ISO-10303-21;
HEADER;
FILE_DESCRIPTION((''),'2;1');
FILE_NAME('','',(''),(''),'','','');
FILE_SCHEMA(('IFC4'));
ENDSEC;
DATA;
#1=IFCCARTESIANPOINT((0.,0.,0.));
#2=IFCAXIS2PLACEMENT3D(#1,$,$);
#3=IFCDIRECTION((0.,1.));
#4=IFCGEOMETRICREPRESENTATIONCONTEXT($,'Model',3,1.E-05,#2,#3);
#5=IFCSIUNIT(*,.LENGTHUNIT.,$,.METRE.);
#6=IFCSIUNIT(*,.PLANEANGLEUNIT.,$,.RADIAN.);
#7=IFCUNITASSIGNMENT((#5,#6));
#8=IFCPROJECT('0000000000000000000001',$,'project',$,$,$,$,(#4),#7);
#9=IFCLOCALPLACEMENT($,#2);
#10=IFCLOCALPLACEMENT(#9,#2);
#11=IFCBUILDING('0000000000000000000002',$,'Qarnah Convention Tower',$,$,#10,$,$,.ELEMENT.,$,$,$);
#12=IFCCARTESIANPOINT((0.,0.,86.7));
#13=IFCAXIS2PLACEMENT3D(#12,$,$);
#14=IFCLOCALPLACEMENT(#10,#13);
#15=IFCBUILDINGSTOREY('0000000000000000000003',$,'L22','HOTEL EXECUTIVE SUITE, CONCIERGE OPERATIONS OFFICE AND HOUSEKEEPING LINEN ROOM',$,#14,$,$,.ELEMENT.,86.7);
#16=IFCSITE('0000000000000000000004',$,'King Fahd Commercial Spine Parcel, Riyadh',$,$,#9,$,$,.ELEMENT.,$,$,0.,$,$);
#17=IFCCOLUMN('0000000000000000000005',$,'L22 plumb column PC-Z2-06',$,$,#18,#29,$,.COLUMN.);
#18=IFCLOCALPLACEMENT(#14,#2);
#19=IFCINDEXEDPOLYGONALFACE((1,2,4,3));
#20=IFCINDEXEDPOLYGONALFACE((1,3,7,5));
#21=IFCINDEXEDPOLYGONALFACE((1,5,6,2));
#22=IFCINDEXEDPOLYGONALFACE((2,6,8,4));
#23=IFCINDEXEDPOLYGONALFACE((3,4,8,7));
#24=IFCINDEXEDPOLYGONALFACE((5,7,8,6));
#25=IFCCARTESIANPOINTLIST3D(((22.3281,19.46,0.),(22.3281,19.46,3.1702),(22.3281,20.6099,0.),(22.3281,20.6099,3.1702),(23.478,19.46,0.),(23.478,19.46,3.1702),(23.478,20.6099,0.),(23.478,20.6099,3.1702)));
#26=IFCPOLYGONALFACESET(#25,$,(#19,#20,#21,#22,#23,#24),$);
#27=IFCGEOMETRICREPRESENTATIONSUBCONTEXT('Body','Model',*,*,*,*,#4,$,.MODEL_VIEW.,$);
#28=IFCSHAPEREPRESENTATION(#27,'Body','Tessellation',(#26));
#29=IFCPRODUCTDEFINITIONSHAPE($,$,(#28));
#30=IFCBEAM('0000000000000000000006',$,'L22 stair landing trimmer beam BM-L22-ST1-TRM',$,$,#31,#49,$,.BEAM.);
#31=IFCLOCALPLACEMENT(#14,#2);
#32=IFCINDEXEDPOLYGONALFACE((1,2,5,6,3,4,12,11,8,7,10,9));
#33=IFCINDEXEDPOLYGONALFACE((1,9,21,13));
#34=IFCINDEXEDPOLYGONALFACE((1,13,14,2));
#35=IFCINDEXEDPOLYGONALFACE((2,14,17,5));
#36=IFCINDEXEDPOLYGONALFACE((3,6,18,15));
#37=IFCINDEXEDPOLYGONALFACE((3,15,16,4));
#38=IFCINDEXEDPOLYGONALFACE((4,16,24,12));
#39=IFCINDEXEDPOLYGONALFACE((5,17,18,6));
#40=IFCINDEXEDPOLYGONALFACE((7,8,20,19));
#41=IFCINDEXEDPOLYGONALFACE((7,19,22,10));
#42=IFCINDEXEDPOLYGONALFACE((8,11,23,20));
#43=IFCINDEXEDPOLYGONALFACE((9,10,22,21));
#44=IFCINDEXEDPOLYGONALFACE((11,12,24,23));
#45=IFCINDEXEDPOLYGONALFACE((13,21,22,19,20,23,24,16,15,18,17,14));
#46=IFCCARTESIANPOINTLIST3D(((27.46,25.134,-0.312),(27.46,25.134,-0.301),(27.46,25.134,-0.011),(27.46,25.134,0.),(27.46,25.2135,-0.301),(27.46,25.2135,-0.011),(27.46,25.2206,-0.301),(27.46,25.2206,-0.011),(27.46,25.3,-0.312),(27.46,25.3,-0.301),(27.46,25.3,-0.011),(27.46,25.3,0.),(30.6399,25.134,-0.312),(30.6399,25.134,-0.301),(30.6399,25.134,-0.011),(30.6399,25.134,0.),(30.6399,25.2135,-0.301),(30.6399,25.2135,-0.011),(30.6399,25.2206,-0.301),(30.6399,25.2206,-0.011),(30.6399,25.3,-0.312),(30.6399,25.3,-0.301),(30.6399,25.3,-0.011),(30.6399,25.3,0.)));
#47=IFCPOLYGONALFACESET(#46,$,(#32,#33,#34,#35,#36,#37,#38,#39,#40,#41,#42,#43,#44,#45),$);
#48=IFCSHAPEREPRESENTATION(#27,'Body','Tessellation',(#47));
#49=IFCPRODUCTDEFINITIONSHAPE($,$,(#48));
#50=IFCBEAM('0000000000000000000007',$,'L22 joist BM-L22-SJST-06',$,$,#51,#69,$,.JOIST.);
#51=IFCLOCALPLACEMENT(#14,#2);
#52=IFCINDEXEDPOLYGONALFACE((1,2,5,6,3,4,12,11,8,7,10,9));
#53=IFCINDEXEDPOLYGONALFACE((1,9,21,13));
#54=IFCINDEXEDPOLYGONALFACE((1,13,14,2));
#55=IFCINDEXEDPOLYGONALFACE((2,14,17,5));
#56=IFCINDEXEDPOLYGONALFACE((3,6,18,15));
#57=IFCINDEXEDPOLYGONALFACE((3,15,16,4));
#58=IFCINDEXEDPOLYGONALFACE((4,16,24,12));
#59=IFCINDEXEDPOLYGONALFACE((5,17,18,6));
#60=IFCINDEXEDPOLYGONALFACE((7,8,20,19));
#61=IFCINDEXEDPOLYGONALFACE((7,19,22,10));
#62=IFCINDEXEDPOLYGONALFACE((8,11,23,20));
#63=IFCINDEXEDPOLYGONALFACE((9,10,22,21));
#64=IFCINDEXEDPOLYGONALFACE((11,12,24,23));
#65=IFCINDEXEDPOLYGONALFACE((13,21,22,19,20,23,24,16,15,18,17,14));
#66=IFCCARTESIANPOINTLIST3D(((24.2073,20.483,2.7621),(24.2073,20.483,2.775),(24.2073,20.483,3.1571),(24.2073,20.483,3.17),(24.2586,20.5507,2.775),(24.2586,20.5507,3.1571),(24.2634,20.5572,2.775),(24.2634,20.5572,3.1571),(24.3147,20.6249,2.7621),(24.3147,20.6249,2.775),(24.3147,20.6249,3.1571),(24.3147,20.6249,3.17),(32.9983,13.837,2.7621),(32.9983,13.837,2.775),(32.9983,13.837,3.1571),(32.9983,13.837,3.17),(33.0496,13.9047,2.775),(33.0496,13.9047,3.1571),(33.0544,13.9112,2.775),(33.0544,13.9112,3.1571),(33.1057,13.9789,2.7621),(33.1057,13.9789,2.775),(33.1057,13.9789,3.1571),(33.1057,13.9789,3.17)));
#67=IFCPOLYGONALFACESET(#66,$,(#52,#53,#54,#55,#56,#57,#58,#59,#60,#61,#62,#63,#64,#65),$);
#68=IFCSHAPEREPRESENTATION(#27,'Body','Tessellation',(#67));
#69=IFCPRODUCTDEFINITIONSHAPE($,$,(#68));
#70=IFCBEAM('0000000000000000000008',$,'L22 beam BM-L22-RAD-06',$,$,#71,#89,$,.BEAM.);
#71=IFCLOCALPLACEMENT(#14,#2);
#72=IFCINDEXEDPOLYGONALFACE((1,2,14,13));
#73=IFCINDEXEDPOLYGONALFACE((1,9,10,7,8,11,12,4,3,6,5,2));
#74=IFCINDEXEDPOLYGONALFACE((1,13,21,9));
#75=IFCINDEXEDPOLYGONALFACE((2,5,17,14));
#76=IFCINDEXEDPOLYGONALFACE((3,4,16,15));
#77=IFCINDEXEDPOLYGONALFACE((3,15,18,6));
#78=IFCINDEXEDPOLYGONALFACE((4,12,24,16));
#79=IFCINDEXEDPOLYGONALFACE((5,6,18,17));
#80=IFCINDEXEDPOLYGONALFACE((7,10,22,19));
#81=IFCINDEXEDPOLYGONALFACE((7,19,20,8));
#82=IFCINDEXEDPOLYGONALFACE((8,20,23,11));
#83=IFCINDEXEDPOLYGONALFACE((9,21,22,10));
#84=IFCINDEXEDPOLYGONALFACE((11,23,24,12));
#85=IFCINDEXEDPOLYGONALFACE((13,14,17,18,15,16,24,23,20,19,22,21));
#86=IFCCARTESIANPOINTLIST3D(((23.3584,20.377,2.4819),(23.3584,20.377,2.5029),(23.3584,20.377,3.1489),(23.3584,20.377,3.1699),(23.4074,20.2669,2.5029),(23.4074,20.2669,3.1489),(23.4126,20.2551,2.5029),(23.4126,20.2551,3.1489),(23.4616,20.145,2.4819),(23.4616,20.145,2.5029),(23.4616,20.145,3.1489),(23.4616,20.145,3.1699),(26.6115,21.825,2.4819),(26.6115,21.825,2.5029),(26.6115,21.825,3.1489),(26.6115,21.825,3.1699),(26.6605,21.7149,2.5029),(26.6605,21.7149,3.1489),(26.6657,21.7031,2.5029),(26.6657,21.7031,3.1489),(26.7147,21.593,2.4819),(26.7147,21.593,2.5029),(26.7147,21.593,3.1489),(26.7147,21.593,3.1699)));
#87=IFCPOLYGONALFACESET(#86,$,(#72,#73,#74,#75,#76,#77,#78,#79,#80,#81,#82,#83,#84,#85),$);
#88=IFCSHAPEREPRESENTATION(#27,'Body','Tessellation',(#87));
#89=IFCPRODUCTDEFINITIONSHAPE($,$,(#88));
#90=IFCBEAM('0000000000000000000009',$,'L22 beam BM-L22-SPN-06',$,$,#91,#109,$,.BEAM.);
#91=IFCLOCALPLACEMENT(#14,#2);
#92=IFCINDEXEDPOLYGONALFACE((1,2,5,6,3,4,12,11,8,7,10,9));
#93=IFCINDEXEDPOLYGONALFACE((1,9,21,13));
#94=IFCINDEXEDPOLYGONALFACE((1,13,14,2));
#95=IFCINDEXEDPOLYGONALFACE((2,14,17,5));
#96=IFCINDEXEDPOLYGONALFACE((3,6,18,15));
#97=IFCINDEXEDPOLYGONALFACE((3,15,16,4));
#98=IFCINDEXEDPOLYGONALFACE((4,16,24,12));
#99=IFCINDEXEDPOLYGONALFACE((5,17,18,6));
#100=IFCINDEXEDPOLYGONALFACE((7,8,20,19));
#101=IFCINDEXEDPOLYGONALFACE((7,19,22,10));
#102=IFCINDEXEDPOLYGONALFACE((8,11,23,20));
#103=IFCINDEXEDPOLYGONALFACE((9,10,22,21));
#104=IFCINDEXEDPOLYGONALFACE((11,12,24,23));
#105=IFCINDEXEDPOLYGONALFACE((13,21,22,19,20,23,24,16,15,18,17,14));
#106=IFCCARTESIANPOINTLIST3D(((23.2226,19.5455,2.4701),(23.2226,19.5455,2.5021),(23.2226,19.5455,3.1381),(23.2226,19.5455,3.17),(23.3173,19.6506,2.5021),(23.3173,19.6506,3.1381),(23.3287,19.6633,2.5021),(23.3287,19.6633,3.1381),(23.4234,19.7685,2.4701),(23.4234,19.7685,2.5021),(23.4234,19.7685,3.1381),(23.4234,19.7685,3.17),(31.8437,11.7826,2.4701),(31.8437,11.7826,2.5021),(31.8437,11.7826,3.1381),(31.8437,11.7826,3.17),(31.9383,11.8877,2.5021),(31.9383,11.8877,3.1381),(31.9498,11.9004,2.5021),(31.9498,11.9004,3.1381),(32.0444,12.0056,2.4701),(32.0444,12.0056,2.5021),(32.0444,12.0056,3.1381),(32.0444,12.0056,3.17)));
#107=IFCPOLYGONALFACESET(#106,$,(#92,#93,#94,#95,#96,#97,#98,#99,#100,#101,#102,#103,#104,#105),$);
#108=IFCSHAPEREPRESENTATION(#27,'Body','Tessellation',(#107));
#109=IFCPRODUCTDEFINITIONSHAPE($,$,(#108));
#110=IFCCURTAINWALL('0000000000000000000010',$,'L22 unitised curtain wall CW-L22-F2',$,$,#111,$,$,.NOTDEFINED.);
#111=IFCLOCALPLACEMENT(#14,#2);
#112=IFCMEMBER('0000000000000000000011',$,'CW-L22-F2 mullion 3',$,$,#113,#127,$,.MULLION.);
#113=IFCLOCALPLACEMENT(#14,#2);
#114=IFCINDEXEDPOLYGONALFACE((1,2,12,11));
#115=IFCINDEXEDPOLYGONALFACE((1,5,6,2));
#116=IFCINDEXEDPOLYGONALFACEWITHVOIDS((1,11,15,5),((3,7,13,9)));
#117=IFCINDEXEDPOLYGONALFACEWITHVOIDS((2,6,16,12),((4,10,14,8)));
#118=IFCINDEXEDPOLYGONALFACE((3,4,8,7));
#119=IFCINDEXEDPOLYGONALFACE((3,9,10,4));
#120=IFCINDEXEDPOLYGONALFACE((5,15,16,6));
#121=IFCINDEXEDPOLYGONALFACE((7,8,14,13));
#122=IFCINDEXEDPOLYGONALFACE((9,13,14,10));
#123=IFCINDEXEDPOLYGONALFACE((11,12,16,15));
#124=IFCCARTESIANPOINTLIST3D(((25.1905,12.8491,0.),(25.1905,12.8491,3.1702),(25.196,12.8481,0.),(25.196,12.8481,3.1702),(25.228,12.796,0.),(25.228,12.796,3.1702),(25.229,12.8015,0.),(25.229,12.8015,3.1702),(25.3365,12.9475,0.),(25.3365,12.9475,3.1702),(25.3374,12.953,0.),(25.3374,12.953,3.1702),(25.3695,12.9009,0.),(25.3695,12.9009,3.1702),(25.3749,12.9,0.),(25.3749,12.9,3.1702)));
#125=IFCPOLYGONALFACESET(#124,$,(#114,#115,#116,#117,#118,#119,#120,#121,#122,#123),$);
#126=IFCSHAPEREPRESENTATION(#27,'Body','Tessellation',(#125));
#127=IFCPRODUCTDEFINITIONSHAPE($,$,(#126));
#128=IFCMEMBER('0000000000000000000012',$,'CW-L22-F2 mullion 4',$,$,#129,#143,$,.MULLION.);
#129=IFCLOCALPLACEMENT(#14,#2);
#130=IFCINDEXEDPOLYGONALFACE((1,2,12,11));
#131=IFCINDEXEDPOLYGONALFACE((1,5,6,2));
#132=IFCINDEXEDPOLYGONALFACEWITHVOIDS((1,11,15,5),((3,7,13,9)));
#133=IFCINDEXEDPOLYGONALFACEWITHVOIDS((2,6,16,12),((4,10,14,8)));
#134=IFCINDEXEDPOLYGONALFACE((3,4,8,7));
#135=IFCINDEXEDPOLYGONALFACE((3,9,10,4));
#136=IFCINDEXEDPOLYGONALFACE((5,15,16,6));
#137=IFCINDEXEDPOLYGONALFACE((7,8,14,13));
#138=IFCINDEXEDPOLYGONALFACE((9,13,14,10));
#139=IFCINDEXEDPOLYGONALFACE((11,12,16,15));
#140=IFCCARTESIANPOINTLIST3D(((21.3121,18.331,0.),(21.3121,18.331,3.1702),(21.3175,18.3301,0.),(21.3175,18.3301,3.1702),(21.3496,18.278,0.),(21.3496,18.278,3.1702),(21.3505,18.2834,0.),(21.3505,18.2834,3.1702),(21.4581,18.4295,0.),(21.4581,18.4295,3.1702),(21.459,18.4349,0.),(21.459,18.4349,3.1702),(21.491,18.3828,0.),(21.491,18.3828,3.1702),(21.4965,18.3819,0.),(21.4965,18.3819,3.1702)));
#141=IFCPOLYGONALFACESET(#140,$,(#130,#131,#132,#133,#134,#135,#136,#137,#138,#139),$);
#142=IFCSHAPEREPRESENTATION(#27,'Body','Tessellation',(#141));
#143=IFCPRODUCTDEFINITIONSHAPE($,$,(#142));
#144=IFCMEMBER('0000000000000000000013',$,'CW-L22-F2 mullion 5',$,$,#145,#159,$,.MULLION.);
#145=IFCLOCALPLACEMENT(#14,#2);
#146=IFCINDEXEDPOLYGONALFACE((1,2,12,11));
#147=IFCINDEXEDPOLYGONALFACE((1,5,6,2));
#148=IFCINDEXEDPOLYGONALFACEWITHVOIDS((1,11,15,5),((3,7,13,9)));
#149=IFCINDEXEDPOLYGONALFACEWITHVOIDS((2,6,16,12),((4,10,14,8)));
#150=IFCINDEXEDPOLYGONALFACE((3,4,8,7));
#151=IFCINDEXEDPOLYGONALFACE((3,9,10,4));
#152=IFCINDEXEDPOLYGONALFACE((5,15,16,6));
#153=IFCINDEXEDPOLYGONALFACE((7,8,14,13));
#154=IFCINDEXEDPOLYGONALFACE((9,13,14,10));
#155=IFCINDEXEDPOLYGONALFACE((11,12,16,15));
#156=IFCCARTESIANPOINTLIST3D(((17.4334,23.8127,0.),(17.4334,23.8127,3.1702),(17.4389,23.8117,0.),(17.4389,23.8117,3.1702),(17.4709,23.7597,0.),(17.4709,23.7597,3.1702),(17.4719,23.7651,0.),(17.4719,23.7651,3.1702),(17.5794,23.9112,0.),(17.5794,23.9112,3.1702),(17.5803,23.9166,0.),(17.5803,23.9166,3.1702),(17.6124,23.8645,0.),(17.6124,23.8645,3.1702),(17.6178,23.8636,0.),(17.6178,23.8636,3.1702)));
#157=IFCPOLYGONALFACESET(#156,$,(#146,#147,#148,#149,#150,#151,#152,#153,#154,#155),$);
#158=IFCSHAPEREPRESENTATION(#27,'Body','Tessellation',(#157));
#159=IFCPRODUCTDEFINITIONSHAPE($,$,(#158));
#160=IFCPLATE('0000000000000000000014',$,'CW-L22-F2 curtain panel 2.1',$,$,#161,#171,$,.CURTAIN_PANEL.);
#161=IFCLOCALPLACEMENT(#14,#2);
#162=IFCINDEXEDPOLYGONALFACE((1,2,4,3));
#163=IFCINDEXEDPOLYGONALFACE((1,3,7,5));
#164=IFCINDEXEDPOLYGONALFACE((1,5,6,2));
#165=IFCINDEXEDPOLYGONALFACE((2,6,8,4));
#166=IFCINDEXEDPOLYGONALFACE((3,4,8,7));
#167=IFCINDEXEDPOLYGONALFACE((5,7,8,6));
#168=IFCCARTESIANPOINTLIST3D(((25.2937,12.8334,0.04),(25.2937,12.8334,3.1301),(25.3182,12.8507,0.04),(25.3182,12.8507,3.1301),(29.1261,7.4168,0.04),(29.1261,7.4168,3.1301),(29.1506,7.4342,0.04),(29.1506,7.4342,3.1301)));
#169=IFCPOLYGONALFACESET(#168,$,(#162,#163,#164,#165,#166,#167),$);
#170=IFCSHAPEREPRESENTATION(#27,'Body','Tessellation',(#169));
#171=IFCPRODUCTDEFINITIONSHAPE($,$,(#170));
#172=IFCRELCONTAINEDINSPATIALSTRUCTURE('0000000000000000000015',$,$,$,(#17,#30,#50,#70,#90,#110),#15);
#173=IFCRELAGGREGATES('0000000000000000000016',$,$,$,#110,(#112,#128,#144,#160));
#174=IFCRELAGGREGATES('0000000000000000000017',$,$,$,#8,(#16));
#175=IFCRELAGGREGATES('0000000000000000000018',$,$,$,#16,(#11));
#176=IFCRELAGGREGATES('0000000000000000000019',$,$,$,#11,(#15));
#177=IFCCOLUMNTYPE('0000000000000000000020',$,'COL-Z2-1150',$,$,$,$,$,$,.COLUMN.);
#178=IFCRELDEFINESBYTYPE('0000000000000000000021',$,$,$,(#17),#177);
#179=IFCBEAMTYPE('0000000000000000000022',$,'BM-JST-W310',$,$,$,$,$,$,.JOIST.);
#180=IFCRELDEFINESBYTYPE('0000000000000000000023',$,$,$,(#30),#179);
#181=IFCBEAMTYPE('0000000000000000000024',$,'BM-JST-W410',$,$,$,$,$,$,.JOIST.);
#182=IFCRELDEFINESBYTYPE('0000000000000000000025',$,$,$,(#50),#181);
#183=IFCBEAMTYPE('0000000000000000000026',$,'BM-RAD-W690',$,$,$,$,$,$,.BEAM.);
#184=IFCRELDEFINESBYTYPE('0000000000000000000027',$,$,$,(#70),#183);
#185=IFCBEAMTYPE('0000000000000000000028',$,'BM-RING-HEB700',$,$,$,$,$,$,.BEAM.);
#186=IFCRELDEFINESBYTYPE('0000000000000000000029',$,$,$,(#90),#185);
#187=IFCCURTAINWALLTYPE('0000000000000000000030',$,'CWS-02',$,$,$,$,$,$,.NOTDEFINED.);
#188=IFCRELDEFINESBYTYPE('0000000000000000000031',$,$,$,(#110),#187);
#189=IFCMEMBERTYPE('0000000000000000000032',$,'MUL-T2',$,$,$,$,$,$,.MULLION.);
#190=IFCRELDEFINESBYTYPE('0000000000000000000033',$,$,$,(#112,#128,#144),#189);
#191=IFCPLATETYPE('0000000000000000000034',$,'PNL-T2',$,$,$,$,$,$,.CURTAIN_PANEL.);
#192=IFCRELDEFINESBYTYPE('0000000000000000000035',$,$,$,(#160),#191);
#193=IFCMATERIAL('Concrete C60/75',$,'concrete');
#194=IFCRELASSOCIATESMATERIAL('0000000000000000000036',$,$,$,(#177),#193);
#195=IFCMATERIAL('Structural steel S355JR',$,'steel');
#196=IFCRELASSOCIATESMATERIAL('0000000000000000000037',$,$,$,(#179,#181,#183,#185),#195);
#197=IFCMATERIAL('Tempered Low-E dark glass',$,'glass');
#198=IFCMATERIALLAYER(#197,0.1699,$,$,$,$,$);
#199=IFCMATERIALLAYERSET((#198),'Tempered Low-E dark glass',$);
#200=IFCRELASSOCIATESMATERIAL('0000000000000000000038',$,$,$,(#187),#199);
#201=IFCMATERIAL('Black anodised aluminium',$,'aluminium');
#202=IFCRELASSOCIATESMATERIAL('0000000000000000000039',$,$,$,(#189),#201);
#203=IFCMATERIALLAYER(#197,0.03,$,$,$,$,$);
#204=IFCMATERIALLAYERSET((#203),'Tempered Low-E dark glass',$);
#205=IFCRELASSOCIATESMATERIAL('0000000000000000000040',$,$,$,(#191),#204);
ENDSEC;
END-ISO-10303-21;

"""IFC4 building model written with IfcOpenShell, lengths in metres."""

from ifc_helpers import new_model, si_unit, direction, frame, origin, origin_2d, place, context, subcontext, project, spatial, rectangle, hollow_rectangle, i_section, extrude, material, layer, layer_set, material_profile, profile_set, type_object, element, aggregate, save


model = new_model("IFC4")

# Units and contexts
model_context = context("Model", 3, precision=1e-05, world=origin(), true_north=direction((0.0, 1.0)))
body_context = subcontext(model_context, "Body", "Model", "MODEL_VIEW")
ifc_project = project(units=[si_unit("LENGTHUNIT", "METRE"), si_unit("PLANEANGLEUNIT", "RADIAN")], contexts=[model_context])

# Site, building, storey
site_placement = place(None, origin())
site = spatial("IfcSite", under=ifc_project, at=site_placement, Name="King Fahd Commercial Spine Parcel, Riyadh", CompositionType="ELEMENT", RefElevation=0.0)
building_placement = place(site_placement, origin())
building = spatial("IfcBuilding", under=site, at=building_placement, Name="Qarnah Convention Tower", CompositionType="ELEMENT")
storey_placement = place(building_placement, frame((0.0, 0.0, 86.7)))
storey = spatial("IfcBuildingStorey", under=building, at=storey_placement, Name="L22", Description="HOTEL EXECUTIVE SUITE, CONCIERGE OPERATIONS OFFICE AND HOUSEKEEPING LINEN ROOM", CompositionType="ELEMENT", Elevation=86.7)

# Column
ifc_material_1 = material(Name="Concrete C60/75", Category="concrete")
ifc_material_profile_1 = material_profile(ifc_material_1, rectangle(XDim=1.1499, YDim=1.1499, at=origin_2d()), Name="RC-COL-1150X1150")
ifc_profile_set_1 = profile_set([ifc_material_profile_1], Name="Concrete C60/75")
column_type = type_object("IfcColumnType", Name="COL-Z2-1150", PredefinedType="COLUMN", material=ifc_profile_set_1)
column_placement = place(storey_placement, frame((22.9031, 20.0349, 0.0), z_axis=(0.0, 0.0, 1.0), x_axis=(1.0, 0.0, 0.0)))
element("IfcColumn", 1, at=column_placement, inside=storey, type_object=column_type, Name="L22 plumb column PC-Z2-06", PredefinedType="COLUMN", context=body_context, shape_type="SweptSolid", body=[
    extrude(rectangle(XDim=1.1499, YDim=1.1499, at=origin_2d()), origin(), (0.0, 0.0, 1.0), 3.1702),
])

# Beams
ifc_material_2 = material(Name="Structural steel S355JR", Category="steel")
ifc_material_profile_2 = material_profile(ifc_material_2, i_section(OverallWidth=0.166, OverallDepth=0.312, WebThickness=0.0071, FlangeThickness=0.011, at=origin_2d()), Name="W310X45")
ifc_profile_set_2 = profile_set([ifc_material_profile_2], Name="Structural steel S355JR")
beam_type_1 = type_object("IfcBeamType", Name="BM-JST-W310", PredefinedType="JOIST", material=ifc_profile_set_2)
beam_1_placement = place(storey_placement, frame((27.46, 25.217, -0.156), z_axis=(1.0, 0.0, 0.0), x_axis=(0.0, 1.0, 0.0)))
element("IfcBeam", 2, at=beam_1_placement, inside=storey, type_object=beam_type_1, Name="L22 stair landing trimmer beam BM-L22-ST1-TRM", PredefinedType="BEAM", context=body_context, shape_type="SweptSolid", body=[
    extrude(i_section(OverallWidth=0.166, OverallDepth=0.312, WebThickness=0.0071, FlangeThickness=0.011, at=origin_2d()), origin(), (0.0, 0.0, 1.0), 3.1799),
])
ifc_material_profile_3 = material_profile(ifc_material_2, i_section(OverallWidth=0.178, OverallDepth=0.408, WebThickness=0.0081, FlangeThickness=0.0129, at=origin_2d()), Name="W410X60")
ifc_profile_set_3 = profile_set([ifc_material_profile_3], Name="Structural steel S355JR")
beam_type_2 = type_object("IfcBeamType", Name="BM-JST-W410", PredefinedType="JOIST", material=ifc_profile_set_3)
beam_2_placement = place(storey_placement, frame((24.261, 20.554, 2.9661), z_axis=(0.797697, -0.603058, 0.0), x_axis=(0.603058, 0.797697, 0.0)))
element("IfcBeam", 3, at=beam_2_placement, inside=storey, type_object=beam_type_2, Name="L22 joist BM-L22-SJST-06", PredefinedType="JOIST", context=body_context, shape_type="SweptSolid", body=[
    extrude(i_section(OverallWidth=0.178, OverallDepth=0.408, WebThickness=0.0081, FlangeThickness=0.0129, at=origin_2d()), origin(), (0.0, 0.0, 1.0), 11.0205),
])
ifc_material_profile_4 = material_profile(ifc_material_2, i_section(OverallWidth=0.2539, OverallDepth=0.688, WebThickness=0.0129, FlangeThickness=0.021, at=origin_2d()), Name="W690X152")
ifc_profile_set_4 = profile_set([ifc_material_profile_4], Name="Structural steel S355JR")
beam_type_3 = type_object("IfcBeamType", Name="BM-RAD-W690", PredefinedType="BEAM", material=ifc_profile_set_4)
beam_3_placement = place(storey_placement, frame((26.6631, 21.709, 2.8259), z_axis=(-0.913588, -0.406641, 0.0), x_axis=(0.406641, -0.913588, 0.0)))
element("IfcBeam", 4, at=beam_3_placement, inside=storey, type_object=beam_type_3, Name="L22 beam BM-L22-RAD-06", PredefinedType="BEAM", context=body_context, shape_type="SweptSolid", body=[
    extrude(i_section(OverallWidth=0.2539, OverallDepth=0.688, WebThickness=0.0129, FlangeThickness=0.021, at=origin_2d()), origin(), (0.0, 0.0, 1.0), 3.5608),
])
ifc_material_profile_5 = material_profile(ifc_material_2, i_section(OverallWidth=0.3, OverallDepth=0.7, WebThickness=0.0171, FlangeThickness=0.032, at=origin_2d()), Name="HEB700")
ifc_profile_set_5 = profile_set([ifc_material_profile_5], Name="Structural steel S355JR")
beam_type_4 = type_object("IfcBeamType", Name="BM-RING-HEB700", PredefinedType="BEAM", material=ifc_profile_set_5)
beam_4_placement = place(storey_placement, frame((23.323, 19.657, 2.8201), z_axis=(0.743125, -0.669153, 0.0), x_axis=(0.669153, 0.743125, 0.0)))
element("IfcBeam", 5, at=beam_4_placement, inside=storey, type_object=beam_type_4, Name="L22 beam BM-L22-SPN-06", PredefinedType="BEAM", context=body_context, shape_type="SweptSolid", body=[
    extrude(i_section(OverallWidth=0.3, OverallDepth=0.7, WebThickness=0.0171, FlangeThickness=0.032, at=origin_2d()), origin(), (0.0, 0.0, 1.0), 11.6011),
])

# Curtain wall, members, plate
ifc_material_3 = material(Name="Tempered Low-E dark glass", Category="glass")
ifc_layer_1 = layer(ifc_material_3, 0.1699)
ifc_layer_set_1 = layer_set([ifc_layer_1], Name="Tempered Low-E dark glass")
curtain_wall_type = type_object("IfcCurtainWallType", Name="CWS-02", PredefinedType="NOTDEFINED", material=ifc_layer_set_1)
curtain_wall_placement = place(storey_placement, origin())
curtain_wall = element("IfcCurtainWall", 6, at=curtain_wall_placement, inside=storey, type_object=curtain_wall_type, Name="L22 unitised curtain wall CW-L22-F2", PredefinedType="NOTDEFINED")
ifc_material_4 = material(Name="Black anodised aluminium", Category="aluminium")
ifc_material_profile_6 = material_profile(ifc_material_4, hollow_rectangle(XDim=0.0649, YDim=0.1799, WallThickness=0.0039, at=origin_2d()), Name="MUL-65X180")
ifc_profile_set_6 = profile_set([ifc_material_profile_6], Name="Black anodised aluminium")
member_type = type_object("IfcMemberType", Name="MUL-T2", PredefinedType="MULLION", material=ifc_profile_set_6)
member_1_placement = place(storey_placement, frame((25.2827, 12.8745, 0.0), z_axis=(0.0, 0.0, 1.0), x_axis=(-0.577587, 0.816329, 0.0)))
member_1 = element("IfcMember", 7, at=member_1_placement, type_object=member_type, Name="CW-L22-F2 mullion 3", PredefinedType="MULLION", context=body_context, shape_type="SweptSolid", body=[
    extrude(hollow_rectangle(XDim=0.0649, YDim=0.1799, WallThickness=0.0039, at=origin_2d()), origin(), (0.0, 0.0, 1.0), 3.1702),
])
member_2_placement = place(storey_placement, frame((21.4043, 18.3564, 0.0), z_axis=(0.0, 0.0, 1.0), x_axis=(-0.577587, 0.816329, 0.0)))
member_2 = element("IfcMember", 8, at=member_2_placement, type_object=member_type, Name="CW-L22-F2 mullion 4", PredefinedType="MULLION", context=body_context, shape_type="SweptSolid", body=[
    extrude(hollow_rectangle(XDim=0.0649, YDim=0.1799, WallThickness=0.0039, at=origin_2d()), origin(), (0.0, 0.0, 1.0), 3.1702),
])
member_3_placement = place(storey_placement, frame((17.5256, 23.8381, 0.0), z_axis=(0.0, 0.0, 1.0), x_axis=(-0.577587, 0.816329, 0.0)))
member_3 = element("IfcMember", 9, at=member_3_placement, type_object=member_type, Name="CW-L22-F2 mullion 5", PredefinedType="MULLION", context=body_context, shape_type="SweptSolid", body=[
    extrude(hollow_rectangle(XDim=0.0649, YDim=0.1799, WallThickness=0.0039, at=origin_2d()), origin(), (0.0, 0.0, 1.0), 3.1702),
])
ifc_layer_2 = layer(ifc_material_3, 0.03)
ifc_layer_set_2 = layer_set([ifc_layer_2], Name="Tempered Low-E dark glass")
plate_type = type_object("IfcPlateType", Name="PNL-T2", PredefinedType="CURTAIN_PANEL", material=ifc_layer_set_2)
plate_1_placement = place(storey_placement, frame((27.2222, 10.1338, 0.04), z_axis=(0.0, 0.0, 1.0), x_axis=(-0.577587, 0.816329, 0.0)))
plate_1 = element("IfcPlate", 10, at=plate_1_placement, type_object=plate_type, Name="CW-L22-F2 curtain panel 2.1", PredefinedType="CURTAIN_PANEL", context=body_context, shape_type="SweptSolid", body=[
    extrude(rectangle(XDim=6.6353, YDim=0.03, at=origin_2d()), origin(), (0.0, 0.0, 1.0), 3.0901),
])
aggregate(curtain_wall, [member_1, member_2, member_3, plate_1])

save(model, "model.ifc")
